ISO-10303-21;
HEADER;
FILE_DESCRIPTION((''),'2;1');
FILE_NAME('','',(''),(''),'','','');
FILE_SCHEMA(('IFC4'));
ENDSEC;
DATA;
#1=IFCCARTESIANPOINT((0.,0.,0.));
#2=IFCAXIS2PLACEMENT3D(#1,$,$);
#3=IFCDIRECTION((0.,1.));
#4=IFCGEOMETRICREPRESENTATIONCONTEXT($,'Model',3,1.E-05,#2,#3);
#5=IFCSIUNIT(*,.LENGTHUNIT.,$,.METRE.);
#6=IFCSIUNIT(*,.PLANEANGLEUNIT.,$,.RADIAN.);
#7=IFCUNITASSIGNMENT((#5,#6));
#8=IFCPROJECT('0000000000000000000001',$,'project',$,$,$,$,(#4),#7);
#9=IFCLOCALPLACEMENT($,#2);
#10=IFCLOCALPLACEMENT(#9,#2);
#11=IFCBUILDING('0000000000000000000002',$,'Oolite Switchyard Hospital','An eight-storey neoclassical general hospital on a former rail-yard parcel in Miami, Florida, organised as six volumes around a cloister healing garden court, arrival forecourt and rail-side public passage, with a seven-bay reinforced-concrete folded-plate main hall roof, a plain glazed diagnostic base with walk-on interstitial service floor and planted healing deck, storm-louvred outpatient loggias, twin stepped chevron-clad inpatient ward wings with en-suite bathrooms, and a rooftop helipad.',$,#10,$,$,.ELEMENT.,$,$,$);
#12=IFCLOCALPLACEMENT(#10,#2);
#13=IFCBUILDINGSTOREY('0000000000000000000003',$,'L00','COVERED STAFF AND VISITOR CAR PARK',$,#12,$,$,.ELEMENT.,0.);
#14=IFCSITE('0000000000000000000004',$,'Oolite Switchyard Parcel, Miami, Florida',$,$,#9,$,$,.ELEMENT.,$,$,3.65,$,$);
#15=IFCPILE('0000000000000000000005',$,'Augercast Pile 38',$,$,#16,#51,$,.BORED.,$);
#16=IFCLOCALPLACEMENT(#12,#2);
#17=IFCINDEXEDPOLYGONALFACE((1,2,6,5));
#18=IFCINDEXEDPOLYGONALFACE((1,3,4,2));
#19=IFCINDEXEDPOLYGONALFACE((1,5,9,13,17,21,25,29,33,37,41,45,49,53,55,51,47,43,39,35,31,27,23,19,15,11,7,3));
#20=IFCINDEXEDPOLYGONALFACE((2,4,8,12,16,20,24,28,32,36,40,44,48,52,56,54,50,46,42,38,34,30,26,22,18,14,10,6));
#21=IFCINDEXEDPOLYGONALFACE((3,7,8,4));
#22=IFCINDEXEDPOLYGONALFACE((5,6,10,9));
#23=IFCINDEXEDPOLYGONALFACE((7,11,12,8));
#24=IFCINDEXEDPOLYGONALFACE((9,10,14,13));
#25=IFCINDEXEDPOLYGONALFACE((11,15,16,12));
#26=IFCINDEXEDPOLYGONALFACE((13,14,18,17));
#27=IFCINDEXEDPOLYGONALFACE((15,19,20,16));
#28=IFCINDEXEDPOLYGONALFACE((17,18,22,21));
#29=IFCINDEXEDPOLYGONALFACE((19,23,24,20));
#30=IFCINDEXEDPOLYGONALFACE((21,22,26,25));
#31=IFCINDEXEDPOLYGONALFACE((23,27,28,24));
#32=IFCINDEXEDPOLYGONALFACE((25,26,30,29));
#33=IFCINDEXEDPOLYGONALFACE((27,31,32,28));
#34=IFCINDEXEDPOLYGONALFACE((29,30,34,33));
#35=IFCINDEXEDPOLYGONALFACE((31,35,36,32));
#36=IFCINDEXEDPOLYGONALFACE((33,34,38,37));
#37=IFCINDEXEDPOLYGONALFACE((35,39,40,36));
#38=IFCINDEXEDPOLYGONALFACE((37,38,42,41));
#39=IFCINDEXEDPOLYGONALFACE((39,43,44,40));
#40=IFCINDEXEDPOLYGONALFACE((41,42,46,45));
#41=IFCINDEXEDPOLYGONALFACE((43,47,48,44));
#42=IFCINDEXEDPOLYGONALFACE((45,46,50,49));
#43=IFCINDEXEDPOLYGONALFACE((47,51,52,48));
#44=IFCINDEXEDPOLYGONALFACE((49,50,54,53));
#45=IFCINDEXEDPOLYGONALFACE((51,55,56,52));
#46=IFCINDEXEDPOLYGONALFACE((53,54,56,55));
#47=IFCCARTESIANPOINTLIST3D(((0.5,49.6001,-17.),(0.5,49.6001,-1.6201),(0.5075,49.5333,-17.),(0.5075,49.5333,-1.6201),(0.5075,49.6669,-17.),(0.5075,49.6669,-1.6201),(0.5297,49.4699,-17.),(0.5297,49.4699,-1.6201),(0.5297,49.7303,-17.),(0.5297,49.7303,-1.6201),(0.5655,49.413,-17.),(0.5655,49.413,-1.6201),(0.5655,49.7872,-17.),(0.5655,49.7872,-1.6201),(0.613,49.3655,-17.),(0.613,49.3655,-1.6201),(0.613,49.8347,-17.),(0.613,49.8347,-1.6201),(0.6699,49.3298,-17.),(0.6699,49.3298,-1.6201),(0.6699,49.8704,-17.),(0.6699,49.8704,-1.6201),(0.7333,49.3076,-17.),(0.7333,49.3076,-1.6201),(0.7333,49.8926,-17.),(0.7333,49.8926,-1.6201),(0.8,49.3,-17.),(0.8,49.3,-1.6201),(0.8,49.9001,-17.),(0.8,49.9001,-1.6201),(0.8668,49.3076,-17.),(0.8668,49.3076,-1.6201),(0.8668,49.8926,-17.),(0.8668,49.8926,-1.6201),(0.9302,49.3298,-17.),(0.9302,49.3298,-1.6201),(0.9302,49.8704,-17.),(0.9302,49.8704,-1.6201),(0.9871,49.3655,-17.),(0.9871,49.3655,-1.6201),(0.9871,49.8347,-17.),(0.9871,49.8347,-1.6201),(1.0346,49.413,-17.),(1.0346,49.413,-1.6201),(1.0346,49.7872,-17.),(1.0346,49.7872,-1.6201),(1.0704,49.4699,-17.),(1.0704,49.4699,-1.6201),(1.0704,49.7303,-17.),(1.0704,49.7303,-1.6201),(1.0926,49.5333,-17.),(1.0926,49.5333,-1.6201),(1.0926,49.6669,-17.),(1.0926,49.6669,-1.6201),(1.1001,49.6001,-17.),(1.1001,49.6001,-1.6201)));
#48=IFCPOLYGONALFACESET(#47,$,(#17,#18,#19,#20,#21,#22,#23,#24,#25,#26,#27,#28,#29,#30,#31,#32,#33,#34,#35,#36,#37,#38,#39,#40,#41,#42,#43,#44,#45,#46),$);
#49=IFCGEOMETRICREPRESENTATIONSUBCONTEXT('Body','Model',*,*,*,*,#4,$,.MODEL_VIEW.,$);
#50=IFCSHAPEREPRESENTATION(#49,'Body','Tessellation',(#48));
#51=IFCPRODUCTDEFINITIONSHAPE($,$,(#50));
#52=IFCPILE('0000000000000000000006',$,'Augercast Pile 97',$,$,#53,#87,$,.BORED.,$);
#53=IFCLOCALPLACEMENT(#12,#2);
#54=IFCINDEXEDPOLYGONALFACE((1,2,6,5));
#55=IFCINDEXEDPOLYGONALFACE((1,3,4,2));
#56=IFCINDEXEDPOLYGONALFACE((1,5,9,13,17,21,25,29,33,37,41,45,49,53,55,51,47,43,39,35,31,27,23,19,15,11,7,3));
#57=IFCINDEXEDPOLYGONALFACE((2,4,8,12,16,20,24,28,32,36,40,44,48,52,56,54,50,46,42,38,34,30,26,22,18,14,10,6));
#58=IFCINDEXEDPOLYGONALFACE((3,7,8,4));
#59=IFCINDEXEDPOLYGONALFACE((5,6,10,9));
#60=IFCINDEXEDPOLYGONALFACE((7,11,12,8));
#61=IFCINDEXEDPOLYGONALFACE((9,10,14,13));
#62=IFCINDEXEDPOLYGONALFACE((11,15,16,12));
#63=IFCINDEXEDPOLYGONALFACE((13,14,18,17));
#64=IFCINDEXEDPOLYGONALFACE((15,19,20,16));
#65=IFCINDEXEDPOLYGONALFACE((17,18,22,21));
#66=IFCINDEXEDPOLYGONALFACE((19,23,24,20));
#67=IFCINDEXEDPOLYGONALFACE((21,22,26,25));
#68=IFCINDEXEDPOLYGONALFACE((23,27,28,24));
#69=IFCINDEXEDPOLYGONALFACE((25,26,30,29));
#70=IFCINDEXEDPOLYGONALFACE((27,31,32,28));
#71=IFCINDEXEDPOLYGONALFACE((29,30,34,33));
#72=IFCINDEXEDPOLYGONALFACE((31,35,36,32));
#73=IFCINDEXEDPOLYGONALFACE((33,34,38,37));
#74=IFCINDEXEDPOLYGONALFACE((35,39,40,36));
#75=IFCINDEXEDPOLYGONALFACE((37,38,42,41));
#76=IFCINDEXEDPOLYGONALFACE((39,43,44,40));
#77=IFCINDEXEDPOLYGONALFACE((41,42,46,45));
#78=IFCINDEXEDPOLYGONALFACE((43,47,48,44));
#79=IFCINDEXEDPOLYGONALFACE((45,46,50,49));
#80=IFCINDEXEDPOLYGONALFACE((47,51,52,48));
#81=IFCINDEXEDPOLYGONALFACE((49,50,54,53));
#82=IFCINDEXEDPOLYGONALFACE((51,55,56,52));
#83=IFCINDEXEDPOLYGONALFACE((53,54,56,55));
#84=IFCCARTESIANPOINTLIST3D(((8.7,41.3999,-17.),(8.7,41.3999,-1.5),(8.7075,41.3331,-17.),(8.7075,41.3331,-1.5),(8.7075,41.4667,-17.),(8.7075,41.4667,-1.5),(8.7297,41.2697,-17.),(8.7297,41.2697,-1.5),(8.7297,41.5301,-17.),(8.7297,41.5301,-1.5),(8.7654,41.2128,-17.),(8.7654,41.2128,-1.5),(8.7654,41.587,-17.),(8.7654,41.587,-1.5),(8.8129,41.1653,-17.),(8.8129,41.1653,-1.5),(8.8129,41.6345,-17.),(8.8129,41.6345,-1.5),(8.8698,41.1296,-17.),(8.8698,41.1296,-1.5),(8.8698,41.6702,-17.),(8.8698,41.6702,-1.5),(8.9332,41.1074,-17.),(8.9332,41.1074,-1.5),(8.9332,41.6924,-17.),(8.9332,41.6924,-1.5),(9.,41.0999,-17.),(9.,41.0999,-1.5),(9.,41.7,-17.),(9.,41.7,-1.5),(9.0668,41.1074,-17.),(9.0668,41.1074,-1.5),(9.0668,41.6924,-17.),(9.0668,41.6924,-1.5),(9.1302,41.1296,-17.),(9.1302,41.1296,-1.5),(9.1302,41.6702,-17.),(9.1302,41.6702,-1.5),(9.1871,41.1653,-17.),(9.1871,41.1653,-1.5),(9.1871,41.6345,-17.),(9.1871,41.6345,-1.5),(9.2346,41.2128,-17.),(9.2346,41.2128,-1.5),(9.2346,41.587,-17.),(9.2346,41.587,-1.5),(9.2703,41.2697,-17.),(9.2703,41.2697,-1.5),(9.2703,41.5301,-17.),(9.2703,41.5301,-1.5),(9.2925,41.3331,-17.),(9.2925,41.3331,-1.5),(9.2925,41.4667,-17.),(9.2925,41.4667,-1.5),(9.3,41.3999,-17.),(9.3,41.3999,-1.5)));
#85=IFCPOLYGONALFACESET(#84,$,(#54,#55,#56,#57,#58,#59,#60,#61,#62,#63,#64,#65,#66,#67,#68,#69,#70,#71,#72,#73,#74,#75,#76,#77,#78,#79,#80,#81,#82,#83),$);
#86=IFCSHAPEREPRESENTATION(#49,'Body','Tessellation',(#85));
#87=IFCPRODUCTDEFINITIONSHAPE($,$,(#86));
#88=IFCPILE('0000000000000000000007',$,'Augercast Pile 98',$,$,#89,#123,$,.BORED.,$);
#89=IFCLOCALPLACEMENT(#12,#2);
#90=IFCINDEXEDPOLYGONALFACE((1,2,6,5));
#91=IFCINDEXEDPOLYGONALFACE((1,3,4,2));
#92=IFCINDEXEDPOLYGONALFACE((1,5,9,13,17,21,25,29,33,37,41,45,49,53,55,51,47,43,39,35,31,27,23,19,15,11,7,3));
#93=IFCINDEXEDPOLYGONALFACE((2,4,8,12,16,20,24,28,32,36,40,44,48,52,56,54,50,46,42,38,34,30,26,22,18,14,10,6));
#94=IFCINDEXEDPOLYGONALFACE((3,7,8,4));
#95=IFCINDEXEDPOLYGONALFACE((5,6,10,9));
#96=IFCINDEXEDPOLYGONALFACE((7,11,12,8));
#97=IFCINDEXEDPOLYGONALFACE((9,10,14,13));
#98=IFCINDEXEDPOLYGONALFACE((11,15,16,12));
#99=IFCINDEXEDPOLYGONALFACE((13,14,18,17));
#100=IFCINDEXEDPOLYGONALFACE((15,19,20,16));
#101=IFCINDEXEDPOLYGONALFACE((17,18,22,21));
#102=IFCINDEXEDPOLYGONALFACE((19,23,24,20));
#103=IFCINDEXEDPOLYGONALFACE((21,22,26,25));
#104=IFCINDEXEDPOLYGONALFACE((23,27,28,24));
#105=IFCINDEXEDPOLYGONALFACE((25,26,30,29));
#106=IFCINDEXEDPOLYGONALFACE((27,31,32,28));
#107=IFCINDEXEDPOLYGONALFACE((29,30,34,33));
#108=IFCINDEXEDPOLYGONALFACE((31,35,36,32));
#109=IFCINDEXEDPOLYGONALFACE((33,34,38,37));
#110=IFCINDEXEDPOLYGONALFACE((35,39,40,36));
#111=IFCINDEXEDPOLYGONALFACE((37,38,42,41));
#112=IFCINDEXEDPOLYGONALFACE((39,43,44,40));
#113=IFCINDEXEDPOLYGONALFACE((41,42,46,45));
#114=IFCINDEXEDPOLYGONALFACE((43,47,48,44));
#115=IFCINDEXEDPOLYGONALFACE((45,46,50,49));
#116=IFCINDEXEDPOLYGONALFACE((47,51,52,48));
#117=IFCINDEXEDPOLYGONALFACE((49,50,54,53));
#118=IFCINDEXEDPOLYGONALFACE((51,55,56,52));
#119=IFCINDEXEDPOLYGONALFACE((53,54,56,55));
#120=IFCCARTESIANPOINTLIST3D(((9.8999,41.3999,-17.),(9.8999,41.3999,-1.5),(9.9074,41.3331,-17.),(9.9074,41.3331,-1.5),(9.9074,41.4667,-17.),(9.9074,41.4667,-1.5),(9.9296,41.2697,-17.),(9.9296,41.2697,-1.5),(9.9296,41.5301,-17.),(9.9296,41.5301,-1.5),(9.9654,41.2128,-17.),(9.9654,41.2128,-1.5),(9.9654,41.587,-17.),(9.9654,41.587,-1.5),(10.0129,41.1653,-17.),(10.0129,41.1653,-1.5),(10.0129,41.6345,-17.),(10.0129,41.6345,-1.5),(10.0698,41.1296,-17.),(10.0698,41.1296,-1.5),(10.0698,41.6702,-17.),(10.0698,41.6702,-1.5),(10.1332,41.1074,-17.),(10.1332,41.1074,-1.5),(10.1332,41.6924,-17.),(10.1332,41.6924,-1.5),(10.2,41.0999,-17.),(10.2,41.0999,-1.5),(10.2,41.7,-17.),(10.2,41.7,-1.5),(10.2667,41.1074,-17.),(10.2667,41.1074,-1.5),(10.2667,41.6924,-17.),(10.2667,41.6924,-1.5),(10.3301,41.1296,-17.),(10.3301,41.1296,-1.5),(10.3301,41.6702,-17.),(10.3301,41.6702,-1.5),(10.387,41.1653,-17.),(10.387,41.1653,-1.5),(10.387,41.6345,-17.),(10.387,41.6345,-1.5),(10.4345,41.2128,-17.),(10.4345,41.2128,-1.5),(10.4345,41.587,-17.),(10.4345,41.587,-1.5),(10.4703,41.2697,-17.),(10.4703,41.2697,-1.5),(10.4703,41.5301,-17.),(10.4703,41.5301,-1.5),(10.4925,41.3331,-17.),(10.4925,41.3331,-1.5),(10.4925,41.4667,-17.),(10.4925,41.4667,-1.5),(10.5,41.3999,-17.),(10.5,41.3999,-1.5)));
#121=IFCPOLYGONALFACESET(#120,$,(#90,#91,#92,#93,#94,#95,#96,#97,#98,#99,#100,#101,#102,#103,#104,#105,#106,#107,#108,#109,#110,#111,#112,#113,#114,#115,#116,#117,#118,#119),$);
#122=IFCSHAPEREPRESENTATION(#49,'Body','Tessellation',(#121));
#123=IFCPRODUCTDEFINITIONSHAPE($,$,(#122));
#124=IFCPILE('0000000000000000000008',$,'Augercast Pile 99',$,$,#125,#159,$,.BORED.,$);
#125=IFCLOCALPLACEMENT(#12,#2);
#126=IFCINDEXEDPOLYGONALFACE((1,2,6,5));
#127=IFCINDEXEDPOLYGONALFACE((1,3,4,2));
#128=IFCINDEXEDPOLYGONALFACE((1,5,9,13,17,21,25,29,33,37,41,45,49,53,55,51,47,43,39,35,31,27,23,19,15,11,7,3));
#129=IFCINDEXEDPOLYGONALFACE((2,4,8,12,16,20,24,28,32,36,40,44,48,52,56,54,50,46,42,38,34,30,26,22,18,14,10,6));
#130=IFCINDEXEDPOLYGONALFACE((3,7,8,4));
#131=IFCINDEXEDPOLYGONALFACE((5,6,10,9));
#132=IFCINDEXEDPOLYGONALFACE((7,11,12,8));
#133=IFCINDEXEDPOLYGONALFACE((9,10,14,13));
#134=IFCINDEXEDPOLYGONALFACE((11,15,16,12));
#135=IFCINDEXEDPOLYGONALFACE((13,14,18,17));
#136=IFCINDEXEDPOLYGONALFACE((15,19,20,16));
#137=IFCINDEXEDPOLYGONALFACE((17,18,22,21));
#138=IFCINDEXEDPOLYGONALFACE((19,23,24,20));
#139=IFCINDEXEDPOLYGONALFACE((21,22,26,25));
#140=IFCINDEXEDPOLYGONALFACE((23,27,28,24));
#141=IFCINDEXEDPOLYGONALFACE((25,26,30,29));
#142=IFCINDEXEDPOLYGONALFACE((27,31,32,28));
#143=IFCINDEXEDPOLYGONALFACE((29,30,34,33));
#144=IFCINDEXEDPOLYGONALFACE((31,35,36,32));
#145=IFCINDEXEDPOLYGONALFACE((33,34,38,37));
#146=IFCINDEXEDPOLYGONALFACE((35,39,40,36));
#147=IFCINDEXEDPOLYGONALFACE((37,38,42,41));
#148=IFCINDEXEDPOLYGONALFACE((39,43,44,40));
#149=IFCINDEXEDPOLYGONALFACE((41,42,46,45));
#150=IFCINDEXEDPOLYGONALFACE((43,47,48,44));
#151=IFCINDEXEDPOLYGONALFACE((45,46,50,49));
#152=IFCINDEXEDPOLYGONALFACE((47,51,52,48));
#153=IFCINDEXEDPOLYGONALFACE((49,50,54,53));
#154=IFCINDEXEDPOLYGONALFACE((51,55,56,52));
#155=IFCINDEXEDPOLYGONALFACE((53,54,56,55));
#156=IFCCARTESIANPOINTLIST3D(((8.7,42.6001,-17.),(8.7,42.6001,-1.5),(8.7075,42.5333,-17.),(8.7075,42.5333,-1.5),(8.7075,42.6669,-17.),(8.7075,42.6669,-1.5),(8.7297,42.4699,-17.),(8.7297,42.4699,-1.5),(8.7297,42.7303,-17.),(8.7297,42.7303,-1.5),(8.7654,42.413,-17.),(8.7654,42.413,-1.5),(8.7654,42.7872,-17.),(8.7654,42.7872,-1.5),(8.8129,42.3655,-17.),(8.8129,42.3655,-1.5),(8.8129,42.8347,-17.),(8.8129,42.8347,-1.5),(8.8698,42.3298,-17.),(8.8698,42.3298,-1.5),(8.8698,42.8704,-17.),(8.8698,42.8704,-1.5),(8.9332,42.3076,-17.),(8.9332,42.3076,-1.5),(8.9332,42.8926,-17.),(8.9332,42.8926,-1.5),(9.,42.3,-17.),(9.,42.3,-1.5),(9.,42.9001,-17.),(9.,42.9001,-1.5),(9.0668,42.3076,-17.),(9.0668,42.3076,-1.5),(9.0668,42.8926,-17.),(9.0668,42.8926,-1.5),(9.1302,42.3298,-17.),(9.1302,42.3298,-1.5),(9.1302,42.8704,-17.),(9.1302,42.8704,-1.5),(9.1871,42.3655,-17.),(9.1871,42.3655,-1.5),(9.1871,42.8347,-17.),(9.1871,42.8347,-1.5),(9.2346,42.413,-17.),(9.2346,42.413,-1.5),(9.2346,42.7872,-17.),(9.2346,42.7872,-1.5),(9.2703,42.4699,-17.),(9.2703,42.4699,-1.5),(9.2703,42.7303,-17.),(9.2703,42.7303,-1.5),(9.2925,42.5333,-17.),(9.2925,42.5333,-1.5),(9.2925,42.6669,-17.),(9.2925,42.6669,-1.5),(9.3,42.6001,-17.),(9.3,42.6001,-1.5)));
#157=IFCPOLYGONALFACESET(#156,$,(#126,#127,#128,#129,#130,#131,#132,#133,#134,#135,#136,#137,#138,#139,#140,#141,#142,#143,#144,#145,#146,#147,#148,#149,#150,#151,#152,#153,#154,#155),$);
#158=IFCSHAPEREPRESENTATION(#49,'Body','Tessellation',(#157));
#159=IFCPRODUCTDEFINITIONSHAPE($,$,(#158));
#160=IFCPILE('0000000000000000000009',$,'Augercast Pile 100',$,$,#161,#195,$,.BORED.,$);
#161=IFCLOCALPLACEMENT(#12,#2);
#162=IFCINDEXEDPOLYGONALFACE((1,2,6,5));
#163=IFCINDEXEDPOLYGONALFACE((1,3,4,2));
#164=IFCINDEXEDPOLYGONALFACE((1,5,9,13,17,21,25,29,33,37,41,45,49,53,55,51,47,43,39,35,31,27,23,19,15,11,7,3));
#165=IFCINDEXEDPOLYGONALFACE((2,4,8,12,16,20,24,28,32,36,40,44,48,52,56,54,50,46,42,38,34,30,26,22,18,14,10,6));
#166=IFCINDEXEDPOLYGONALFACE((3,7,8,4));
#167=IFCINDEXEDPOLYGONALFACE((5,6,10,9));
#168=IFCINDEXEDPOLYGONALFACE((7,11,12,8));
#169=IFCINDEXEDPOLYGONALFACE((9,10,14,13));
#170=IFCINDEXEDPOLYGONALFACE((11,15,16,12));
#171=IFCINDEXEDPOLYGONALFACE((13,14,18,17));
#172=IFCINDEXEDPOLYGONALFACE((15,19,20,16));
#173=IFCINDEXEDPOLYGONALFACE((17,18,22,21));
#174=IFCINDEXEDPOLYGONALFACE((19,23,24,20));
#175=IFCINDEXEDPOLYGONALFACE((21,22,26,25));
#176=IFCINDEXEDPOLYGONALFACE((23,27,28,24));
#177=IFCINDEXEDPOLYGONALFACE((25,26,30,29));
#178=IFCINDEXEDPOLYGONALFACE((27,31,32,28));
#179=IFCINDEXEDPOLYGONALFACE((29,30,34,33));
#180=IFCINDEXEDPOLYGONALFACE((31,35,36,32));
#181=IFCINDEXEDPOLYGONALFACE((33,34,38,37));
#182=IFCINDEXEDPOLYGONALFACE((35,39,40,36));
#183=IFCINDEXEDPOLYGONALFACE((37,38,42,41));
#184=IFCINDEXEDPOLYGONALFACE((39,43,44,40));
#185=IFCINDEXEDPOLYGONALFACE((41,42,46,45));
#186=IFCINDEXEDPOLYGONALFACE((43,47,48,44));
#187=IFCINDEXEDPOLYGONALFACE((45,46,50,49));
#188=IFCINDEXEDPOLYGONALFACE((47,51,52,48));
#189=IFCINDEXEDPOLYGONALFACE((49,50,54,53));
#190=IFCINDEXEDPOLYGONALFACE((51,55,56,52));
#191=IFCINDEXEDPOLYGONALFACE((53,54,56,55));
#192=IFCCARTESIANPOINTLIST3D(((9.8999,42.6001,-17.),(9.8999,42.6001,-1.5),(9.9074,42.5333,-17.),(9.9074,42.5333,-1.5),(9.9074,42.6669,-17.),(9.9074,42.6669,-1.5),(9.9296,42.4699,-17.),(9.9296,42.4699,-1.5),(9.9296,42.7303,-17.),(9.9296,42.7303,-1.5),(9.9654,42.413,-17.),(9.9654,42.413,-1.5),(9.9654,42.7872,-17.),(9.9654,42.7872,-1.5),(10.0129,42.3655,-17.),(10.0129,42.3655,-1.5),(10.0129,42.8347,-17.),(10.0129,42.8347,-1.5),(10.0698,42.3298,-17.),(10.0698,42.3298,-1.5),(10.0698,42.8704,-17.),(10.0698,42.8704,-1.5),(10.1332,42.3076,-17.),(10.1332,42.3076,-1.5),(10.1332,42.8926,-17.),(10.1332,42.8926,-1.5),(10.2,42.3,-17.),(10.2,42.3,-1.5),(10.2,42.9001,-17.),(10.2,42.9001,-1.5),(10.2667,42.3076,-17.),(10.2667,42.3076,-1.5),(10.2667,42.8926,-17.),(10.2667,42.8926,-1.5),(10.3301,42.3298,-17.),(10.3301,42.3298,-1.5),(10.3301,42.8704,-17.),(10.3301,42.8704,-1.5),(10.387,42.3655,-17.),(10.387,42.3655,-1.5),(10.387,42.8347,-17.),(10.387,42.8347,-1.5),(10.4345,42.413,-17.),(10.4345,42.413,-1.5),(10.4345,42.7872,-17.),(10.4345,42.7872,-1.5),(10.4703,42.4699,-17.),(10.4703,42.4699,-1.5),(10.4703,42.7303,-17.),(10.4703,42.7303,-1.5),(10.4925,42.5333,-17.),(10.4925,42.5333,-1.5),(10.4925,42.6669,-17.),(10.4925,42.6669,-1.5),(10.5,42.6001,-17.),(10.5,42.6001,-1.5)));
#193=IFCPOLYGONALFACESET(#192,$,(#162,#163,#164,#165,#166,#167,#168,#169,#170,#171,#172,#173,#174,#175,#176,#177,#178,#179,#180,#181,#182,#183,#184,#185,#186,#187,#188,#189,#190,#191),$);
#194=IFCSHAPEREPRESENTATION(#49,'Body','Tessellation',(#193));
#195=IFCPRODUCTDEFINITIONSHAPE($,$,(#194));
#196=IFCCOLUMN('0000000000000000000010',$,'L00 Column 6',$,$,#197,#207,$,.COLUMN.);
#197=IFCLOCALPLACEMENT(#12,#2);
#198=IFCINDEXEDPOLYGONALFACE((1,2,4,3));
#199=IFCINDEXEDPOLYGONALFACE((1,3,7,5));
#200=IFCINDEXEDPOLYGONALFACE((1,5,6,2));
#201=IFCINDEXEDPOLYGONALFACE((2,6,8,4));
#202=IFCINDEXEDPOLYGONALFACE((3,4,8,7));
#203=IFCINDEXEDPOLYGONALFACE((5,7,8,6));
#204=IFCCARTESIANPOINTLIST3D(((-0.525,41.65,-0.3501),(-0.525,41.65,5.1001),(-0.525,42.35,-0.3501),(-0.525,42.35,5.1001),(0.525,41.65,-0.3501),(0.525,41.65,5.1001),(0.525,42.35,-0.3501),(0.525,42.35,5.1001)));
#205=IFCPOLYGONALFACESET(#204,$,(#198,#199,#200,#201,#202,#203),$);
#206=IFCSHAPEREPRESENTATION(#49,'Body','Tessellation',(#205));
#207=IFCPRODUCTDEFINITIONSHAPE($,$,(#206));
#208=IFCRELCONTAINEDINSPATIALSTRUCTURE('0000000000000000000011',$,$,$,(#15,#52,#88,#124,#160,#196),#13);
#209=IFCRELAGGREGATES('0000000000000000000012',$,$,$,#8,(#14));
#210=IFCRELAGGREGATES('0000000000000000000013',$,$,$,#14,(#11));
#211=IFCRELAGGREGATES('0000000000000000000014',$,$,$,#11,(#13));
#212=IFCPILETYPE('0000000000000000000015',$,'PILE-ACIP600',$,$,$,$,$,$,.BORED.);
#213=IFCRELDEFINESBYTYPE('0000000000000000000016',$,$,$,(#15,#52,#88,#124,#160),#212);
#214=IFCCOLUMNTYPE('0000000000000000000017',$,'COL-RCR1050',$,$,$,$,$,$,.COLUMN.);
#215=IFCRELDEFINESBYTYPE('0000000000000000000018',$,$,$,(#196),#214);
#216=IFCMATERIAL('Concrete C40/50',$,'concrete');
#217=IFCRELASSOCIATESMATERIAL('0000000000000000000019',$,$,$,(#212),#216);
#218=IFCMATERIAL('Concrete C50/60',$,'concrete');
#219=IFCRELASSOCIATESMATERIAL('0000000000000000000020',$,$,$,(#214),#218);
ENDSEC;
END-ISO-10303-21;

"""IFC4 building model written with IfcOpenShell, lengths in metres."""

from ifc_helpers import new_model, si_unit, direction, frame, origin, origin_2d, place, context, subcontext, project, spatial, rectangle, circle, extrude, material, material_profile, profile_set, type_object, element, save


model = new_model("IFC4")

# Units and contexts
model_context = context("Model", 3, precision=1e-05, world=origin(), true_north=direction((0.0, 1.0)))
body_context = subcontext(model_context, "Body", "Model", "MODEL_VIEW")
ifc_project = project(units=[si_unit("LENGTHUNIT", "METRE"), si_unit("PLANEANGLEUNIT", "RADIAN")], contexts=[model_context])

# Site, building, storey
site_placement = place(None, origin())
site = spatial("IfcSite", under=ifc_project, at=site_placement, Name="Oolite Switchyard Parcel, Miami, Florida", CompositionType="ELEMENT", RefElevation=3.65)
building_placement = place(site_placement, origin())
building = spatial("IfcBuilding", under=site, at=building_placement, Name="Oolite Switchyard Hospital", Description="An eight-storey neoclassical general hospital on a former rail-yard parcel in Miami, Florida, organised as six volumes around a cloister healing garden court, arrival forecourt and rail-side public passage, with a seven-bay reinforced-concrete folded-plate main hall roof, a plain glazed diagnostic base with walk-on interstitial service floor and planted healing deck, storm-louvred outpatient loggias, twin stepped chevron-clad inpatient ward wings with en-suite bathrooms, and a rooftop helipad.", CompositionType="ELEMENT")
storey_placement = place(building_placement, origin())
storey = spatial("IfcBuildingStorey", under=building, at=storey_placement, Name="L00", Description="COVERED STAFF AND VISITOR CAR PARK", CompositionType="ELEMENT", Elevation=0.0)

# Shared definitions
ifc_material_1 = material(Name="Concrete C40/50", Category="concrete")

# Piles
ifc_material_profile_1 = material_profile(ifc_material_1, circle(Radius=0.3, at=origin_2d()), Name="PILE600")
ifc_profile_set_1 = profile_set([ifc_material_profile_1], Name="Concrete C40/50")
pile_type = type_object("IfcPileType", Name="PILE-ACIP600", PredefinedType="BORED", material=ifc_profile_set_1)
pile_placement = place(storey_placement, frame((0.8, 49.6001, -1.6201), z_axis=(0.0, 0.0, -1.0), x_axis=(1.0, 0.0, 0.0)))
element("IfcPile", 1, at=pile_placement, inside=storey, type_object=pile_type, Name="Augercast Pile 38", PredefinedType="BORED", context=body_context, shape_type="SweptSolid", body=[
    extrude(circle(Radius=0.3, at=origin_2d()), origin(), (0.0, 0.0, 1.0), 15.3799),
])
for number, where, z_axis, x_axis, name in (
    (2, (9.0, 41.3999, -1.5), (0.0, 0.0, -1.0), (1.0, 0.0, 0.0), "Augercast Pile 97"),
    (3, (10.2, 41.3999, -1.5), (0.0, 0.0, -1.0), (1.0, 0.0, 0.0), "Augercast Pile 98"),
    (4, (9.0, 42.6001, -1.5), (0.0, 0.0, -1.0), (1.0, 0.0, 0.0), "Augercast Pile 99"),
    (5, (10.2, 42.6001, -1.5), (0.0, 0.0, -1.0), (1.0, 0.0, 0.0), "Augercast Pile 100"),
):
    element("IfcPile", number, at=place(storey_placement, frame(where, z_axis=z_axis, x_axis=x_axis)), inside=storey, type_object=pile_type, Name=name, PredefinedType="BORED", context=body_context, shape_type="SweptSolid", body=[
        extrude(circle(Radius=0.3, at=origin_2d()), origin(), (0.0, 0.0, 1.0), 15.5),
    ])

# Column
ifc_material_2 = material(Name="Concrete C50/60", Category="concrete")
ifc_material_profile_2 = material_profile(ifc_material_2, rectangle(XDim=1.05, YDim=0.7, at=origin_2d()), Name="RC1050X700")
ifc_profile_set_2 = profile_set([ifc_material_profile_2], Name="Concrete C50/60")
column_type = type_object("IfcColumnType", Name="COL-RCR1050", PredefinedType="COLUMN", material=ifc_profile_set_2)
for number, where, z_axis, x_axis, name in (
    (6, (0.0, 42.0, -0.3501), (0.0, 0.0, 1.0), (1.0, 0.0, 0.0), "L00 Column 6"),
):
    element("IfcColumn", number, at=place(storey_placement, frame(where, z_axis=z_axis, x_axis=x_axis)), inside=storey, type_object=column_type, Name=name, PredefinedType="COLUMN", context=body_context, shape_type="SweptSolid", body=[
        extrude(rectangle(XDim=1.05, YDim=0.7, at=origin_2d()), origin(), (0.0, 0.0, 1.0), 5.4502),
    ])

save(model, "model.ifc")
